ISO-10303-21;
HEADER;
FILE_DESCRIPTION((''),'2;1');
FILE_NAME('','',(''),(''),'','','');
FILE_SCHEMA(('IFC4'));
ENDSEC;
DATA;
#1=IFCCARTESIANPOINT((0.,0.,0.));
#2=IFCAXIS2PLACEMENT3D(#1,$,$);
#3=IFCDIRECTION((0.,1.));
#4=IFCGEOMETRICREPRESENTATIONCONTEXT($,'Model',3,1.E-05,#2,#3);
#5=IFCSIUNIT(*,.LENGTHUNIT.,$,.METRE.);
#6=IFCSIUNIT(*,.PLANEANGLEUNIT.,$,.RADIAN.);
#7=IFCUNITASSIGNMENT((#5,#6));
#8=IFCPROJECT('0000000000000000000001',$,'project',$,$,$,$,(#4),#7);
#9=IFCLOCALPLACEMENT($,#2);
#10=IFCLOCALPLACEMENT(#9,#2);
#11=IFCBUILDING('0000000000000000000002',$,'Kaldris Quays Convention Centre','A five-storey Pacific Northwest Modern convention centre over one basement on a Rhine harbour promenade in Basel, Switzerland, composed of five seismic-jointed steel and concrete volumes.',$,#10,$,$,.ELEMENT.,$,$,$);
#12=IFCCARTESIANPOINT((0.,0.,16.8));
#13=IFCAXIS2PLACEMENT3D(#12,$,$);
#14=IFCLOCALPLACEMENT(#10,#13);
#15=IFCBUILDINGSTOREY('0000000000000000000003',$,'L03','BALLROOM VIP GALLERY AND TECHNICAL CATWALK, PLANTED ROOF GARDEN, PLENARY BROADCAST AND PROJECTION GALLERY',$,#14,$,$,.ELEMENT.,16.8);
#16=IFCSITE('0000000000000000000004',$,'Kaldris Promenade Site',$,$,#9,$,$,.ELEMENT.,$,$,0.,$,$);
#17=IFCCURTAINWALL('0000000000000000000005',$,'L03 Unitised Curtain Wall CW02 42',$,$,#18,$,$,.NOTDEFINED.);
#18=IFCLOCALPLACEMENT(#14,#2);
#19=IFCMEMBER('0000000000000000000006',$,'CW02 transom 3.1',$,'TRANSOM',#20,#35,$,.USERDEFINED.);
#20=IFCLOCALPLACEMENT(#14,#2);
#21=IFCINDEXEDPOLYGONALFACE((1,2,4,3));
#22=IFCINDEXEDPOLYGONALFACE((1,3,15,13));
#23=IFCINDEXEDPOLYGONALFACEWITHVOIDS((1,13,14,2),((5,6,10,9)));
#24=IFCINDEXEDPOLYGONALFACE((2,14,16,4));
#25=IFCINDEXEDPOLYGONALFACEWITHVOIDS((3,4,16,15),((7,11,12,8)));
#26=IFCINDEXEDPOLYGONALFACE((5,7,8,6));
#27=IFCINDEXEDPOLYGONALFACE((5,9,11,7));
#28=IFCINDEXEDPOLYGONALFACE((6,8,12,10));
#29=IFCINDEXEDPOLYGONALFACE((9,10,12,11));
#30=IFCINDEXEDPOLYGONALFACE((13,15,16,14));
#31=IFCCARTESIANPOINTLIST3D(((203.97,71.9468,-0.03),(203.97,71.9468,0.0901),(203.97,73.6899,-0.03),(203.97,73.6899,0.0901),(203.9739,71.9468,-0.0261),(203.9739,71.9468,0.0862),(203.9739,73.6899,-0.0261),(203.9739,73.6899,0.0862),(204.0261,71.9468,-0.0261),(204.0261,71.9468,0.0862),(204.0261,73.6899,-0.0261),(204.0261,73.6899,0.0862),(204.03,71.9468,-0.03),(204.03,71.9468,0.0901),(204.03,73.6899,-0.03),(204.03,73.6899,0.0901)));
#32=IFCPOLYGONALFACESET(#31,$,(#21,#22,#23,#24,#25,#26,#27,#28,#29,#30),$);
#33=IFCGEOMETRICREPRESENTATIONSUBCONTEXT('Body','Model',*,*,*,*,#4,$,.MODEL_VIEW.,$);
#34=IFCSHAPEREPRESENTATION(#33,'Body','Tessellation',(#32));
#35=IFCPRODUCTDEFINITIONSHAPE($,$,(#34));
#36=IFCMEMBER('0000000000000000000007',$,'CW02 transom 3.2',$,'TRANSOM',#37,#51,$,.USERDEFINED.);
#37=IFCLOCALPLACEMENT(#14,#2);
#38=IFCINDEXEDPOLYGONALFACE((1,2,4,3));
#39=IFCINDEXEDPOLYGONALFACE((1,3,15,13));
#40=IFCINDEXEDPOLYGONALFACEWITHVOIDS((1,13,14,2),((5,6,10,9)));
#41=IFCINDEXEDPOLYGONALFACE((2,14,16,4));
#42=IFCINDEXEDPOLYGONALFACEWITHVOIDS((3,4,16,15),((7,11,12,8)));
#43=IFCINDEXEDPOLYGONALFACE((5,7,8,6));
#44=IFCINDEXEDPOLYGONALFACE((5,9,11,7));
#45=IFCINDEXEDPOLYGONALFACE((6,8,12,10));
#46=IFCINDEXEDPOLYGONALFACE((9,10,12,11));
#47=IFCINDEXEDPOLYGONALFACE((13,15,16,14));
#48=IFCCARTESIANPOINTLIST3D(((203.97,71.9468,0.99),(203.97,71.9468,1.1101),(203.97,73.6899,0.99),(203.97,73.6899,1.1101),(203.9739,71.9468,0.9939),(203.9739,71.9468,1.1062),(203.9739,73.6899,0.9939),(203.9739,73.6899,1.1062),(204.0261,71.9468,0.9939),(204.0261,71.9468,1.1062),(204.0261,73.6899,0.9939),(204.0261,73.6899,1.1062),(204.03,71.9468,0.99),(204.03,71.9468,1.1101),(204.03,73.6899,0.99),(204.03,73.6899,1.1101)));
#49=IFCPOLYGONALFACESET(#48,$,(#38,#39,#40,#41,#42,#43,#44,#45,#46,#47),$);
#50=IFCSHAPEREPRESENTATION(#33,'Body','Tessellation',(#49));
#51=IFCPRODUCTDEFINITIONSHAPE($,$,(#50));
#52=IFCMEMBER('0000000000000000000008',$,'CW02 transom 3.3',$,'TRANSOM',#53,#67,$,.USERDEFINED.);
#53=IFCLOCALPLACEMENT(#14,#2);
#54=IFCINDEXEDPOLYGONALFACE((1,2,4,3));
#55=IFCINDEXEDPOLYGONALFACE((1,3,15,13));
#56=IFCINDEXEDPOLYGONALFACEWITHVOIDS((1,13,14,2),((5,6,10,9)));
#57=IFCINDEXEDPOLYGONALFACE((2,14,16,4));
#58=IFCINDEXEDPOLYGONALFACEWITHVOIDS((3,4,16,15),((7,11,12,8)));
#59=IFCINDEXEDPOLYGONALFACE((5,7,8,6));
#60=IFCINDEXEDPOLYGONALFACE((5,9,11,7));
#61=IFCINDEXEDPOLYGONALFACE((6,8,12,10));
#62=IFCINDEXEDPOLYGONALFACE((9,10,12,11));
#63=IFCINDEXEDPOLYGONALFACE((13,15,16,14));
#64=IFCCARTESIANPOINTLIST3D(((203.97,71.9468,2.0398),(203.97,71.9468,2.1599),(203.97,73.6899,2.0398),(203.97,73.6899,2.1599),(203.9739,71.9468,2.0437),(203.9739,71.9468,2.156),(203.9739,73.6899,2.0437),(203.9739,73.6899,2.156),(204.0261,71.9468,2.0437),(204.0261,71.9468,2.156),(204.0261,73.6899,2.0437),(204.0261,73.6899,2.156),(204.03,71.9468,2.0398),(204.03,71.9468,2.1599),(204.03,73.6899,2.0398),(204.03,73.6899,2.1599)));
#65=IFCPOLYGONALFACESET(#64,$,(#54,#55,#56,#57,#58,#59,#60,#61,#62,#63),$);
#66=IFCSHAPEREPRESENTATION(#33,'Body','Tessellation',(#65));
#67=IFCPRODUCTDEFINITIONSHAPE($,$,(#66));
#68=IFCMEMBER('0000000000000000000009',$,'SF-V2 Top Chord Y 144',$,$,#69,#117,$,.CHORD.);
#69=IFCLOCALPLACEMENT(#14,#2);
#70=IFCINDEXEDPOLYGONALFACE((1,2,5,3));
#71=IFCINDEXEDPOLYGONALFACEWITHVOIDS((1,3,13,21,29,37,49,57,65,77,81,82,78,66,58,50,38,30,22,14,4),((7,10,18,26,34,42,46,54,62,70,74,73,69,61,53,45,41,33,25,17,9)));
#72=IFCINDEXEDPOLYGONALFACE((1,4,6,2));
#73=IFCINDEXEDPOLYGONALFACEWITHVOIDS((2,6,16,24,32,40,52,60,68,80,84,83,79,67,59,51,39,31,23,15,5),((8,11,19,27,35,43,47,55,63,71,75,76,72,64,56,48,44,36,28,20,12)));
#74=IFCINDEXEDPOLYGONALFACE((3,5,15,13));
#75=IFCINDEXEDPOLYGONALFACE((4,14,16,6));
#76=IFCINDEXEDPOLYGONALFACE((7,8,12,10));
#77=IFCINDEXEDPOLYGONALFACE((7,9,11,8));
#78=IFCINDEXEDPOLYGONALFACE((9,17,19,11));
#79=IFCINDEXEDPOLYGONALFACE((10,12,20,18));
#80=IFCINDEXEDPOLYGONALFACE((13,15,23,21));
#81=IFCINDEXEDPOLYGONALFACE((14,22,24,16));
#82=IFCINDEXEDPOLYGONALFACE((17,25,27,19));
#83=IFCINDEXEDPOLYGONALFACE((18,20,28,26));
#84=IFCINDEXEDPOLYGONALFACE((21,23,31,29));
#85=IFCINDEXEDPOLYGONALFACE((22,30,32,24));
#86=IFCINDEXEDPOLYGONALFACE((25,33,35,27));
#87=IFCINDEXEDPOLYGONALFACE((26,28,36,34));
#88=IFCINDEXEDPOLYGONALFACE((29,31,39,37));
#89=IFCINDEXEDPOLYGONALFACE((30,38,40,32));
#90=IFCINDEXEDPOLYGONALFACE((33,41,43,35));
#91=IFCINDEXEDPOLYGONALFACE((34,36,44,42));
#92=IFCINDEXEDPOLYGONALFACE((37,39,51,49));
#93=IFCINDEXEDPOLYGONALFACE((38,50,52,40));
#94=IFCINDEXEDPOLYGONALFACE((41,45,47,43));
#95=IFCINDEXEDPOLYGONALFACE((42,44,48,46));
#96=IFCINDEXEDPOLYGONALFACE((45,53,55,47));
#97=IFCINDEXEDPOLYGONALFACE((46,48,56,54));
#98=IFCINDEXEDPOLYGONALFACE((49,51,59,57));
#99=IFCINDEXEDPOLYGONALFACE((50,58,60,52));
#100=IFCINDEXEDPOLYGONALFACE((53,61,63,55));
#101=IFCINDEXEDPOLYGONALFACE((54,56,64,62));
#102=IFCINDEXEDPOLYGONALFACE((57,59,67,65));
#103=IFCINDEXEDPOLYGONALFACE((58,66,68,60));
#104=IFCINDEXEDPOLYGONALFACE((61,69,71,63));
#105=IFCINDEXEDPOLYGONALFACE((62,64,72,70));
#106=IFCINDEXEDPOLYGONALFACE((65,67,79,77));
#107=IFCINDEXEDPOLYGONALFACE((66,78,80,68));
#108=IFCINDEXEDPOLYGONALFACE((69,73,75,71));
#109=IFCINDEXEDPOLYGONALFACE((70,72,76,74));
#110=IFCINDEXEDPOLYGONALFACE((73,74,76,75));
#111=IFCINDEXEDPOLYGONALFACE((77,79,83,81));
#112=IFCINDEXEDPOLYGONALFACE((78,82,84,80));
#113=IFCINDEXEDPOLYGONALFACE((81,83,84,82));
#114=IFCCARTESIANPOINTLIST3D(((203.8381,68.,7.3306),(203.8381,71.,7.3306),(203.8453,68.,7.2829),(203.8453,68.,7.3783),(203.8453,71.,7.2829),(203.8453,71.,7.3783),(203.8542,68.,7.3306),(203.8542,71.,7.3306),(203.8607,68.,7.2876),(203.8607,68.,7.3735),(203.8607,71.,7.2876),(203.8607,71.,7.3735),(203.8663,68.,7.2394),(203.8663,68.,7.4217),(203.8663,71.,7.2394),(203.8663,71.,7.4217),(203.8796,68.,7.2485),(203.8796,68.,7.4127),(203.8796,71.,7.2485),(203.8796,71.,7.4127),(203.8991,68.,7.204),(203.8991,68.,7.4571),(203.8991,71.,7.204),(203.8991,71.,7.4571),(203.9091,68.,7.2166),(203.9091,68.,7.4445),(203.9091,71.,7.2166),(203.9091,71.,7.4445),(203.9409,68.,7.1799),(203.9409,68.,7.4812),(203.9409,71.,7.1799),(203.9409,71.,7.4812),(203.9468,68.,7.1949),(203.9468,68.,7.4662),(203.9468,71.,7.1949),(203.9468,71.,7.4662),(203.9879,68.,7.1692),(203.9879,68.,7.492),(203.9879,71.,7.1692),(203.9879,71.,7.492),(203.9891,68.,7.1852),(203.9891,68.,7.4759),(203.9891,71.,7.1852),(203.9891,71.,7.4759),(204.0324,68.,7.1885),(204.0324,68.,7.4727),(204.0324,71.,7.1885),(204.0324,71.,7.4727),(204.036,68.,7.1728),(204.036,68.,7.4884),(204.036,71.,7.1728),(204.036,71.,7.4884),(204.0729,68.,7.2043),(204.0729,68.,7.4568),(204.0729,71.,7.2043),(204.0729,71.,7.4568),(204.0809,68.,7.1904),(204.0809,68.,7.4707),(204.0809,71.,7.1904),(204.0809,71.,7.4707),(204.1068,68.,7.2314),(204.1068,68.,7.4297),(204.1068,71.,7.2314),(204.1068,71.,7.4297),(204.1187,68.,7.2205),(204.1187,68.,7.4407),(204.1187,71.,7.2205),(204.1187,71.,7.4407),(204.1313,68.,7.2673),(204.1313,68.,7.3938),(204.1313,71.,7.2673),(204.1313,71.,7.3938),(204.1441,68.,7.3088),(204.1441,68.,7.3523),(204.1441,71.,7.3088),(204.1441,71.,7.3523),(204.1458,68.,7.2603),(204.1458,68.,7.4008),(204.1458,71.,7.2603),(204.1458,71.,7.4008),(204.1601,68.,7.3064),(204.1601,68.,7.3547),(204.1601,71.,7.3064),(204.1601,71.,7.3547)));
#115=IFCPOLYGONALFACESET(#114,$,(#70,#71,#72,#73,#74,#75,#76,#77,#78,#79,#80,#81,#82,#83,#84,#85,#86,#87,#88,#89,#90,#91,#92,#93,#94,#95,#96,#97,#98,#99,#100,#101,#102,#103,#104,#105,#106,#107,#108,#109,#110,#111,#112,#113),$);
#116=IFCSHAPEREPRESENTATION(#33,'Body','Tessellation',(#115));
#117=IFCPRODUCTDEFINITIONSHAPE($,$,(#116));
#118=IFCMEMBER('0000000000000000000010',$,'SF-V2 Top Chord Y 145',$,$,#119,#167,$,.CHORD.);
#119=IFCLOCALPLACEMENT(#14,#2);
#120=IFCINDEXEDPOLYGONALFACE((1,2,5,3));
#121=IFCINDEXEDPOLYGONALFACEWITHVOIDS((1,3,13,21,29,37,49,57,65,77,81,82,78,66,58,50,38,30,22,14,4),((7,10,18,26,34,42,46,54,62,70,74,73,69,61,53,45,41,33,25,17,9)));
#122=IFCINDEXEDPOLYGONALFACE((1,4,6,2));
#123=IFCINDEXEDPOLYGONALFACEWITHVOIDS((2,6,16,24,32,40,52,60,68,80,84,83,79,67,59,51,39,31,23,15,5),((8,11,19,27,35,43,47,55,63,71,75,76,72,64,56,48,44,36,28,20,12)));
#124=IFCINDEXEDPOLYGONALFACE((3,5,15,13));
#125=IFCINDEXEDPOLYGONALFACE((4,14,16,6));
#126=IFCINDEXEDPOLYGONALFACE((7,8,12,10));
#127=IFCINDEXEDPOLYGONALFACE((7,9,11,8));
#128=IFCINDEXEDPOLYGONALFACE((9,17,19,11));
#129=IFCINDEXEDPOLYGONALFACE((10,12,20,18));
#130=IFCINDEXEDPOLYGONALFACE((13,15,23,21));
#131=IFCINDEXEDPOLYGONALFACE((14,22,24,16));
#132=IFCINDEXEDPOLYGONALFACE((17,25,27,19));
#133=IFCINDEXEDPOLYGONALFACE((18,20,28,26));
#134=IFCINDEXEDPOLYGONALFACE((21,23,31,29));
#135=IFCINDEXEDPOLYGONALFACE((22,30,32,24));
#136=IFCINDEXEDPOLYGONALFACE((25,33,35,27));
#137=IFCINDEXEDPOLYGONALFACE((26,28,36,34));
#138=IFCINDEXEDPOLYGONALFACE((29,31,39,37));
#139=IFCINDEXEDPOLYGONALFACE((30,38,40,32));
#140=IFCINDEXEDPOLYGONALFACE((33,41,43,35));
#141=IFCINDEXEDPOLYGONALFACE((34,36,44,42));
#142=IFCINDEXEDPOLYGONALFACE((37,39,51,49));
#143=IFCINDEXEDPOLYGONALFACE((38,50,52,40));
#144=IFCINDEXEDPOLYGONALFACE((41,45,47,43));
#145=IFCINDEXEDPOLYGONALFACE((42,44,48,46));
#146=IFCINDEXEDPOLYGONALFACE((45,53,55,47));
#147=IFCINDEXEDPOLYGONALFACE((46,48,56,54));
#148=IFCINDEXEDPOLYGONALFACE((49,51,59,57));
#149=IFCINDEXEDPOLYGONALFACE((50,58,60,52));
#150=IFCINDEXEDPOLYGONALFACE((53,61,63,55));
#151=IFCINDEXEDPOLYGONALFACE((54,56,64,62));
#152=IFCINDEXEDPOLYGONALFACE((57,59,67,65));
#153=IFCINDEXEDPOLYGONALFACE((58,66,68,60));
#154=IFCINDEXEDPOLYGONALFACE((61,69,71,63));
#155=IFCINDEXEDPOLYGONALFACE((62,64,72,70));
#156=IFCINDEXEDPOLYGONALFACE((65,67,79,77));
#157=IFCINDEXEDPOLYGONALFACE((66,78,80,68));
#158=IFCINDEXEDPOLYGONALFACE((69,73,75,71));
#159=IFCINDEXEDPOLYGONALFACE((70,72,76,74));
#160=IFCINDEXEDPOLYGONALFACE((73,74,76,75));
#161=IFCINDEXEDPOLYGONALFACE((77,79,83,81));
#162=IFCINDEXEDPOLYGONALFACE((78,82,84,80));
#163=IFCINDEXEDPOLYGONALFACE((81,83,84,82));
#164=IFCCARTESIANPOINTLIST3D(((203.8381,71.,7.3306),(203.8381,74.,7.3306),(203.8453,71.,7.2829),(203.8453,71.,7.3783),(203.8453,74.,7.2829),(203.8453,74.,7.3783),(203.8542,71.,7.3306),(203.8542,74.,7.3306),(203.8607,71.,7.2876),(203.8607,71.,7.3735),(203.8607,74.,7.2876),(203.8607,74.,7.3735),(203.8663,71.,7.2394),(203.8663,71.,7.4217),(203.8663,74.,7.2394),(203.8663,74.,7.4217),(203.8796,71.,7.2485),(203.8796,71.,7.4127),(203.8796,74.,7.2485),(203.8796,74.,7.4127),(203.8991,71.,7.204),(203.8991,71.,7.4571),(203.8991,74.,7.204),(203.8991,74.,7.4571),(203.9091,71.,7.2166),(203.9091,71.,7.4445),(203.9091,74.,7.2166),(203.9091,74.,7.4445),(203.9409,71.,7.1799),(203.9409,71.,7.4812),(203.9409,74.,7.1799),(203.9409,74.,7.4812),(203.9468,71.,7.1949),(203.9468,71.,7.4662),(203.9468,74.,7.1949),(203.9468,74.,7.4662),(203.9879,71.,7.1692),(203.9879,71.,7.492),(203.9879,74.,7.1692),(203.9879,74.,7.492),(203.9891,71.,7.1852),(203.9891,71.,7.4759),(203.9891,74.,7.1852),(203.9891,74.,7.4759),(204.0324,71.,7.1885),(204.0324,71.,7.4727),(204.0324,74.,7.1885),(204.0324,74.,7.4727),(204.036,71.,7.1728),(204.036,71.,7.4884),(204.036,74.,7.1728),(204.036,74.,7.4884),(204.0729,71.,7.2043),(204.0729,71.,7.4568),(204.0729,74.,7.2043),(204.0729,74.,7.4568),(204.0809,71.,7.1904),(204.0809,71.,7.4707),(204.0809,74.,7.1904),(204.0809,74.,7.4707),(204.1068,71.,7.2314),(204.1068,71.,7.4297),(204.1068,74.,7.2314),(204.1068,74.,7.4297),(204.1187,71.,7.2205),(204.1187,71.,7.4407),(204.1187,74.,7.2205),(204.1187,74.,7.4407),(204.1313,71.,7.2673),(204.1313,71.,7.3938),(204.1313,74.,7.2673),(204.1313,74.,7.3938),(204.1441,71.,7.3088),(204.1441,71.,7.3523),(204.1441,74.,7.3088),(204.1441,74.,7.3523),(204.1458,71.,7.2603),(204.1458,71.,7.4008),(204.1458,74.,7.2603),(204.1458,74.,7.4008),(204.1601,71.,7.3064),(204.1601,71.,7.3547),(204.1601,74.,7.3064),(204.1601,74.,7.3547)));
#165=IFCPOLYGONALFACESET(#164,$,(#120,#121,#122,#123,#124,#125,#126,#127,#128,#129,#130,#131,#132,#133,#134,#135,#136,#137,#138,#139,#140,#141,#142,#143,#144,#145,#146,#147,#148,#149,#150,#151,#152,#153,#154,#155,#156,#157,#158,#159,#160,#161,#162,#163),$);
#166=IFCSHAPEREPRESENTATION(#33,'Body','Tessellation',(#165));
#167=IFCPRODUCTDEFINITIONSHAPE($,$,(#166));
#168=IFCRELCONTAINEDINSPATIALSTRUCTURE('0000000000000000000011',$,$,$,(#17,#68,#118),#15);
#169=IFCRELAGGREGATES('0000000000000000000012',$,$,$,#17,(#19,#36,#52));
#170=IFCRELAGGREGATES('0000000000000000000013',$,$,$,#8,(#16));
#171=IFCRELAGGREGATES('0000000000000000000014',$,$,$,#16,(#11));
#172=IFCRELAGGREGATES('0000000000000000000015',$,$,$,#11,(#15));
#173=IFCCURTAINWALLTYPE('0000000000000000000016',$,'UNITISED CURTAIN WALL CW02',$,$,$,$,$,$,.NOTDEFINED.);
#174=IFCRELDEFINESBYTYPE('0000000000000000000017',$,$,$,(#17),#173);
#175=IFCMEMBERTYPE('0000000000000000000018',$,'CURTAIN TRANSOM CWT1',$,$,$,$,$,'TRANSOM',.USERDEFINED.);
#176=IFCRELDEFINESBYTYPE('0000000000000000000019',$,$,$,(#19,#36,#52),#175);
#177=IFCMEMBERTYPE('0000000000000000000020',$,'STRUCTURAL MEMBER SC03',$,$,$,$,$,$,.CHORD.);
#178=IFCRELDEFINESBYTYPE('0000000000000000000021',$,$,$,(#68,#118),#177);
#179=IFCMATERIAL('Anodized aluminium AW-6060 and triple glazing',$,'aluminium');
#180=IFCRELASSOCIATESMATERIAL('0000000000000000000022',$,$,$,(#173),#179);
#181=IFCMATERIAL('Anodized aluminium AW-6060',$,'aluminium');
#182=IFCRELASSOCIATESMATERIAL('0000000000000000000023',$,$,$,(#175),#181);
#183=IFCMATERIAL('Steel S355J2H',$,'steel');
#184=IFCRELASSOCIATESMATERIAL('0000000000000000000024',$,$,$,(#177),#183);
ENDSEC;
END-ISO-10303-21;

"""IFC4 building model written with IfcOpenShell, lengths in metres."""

from ifc_helpers import new_model, si_unit, direction, frame, origin, origin_2d, place, context, subcontext, project, spatial, hollow_rectangle, hollow_circle, extrude, material, material_profile, profile_set, type_object, element, aggregate, save


model = new_model("IFC4")

# Units and contexts
model_context = context("Model", 3, precision=1e-05, world=origin(), true_north=direction((0.0, 1.0)))
body_context = subcontext(model_context, "Body", "Model", "MODEL_VIEW")
ifc_project = project(units=[si_unit("LENGTHUNIT", "METRE"), si_unit("PLANEANGLEUNIT", "RADIAN")], contexts=[model_context])

# Site, building, storey
site_placement = place(None, origin())
site = spatial("IfcSite", under=ifc_project, at=site_placement, Name="Kaldris Promenade Site", CompositionType="ELEMENT", RefElevation=0.0)
building_placement = place(site_placement, origin())
building = spatial("IfcBuilding", under=site, at=building_placement, Name="Kaldris Quays Convention Centre", Description="A five-storey Pacific Northwest Modern convention centre over one basement on a Rhine harbour promenade in Basel, Switzerland, composed of five seismic-jointed steel and concrete volumes.", CompositionType="ELEMENT")
storey_placement = place(building_placement, frame((0.0, 0.0, 16.8)))
storey = spatial("IfcBuildingStorey", under=building, at=storey_placement, Name="L03", Description="BALLROOM VIP GALLERY AND TECHNICAL CATWALK, PLANTED ROOF GARDEN, PLENARY BROADCAST AND PROJECTION GALLERY", CompositionType="ELEMENT", Elevation=16.8)

# Curtain wall, members
ifc_material_1 = material(Name="Anodized aluminium AW-6060 and triple glazing", Category="aluminium")
curtain_wall_type = type_object("IfcCurtainWallType", Name="UNITISED CURTAIN WALL CW02", PredefinedType="NOTDEFINED", material=ifc_material_1)
curtain_wall_placement = place(storey_placement, origin())
curtain_wall = element("IfcCurtainWall", 1, at=curtain_wall_placement, inside=storey, type_object=curtain_wall_type, Name="L03 Unitised Curtain Wall CW02 42", PredefinedType="NOTDEFINED")
ifc_material_2 = material(Name="Anodized aluminium AW-6060", Category="aluminium")
ifc_material_profile_1 = material_profile(ifc_material_2, hollow_rectangle(XDim=0.0601, YDim=0.1201, WallThickness=0.0039, at=origin_2d()), Name="RHS 120x60x4")
ifc_profile_set_1 = profile_set([ifc_material_profile_1], Name="Anodized aluminium AW-6060")
member_type_1 = type_object("IfcMemberType", Name="CURTAIN TRANSOM CWT1", ElementType="TRANSOM", PredefinedType="USERDEFINED", material=ifc_profile_set_1)
member_1_placement = place(storey_placement, frame((204.0, 71.9468, 0.03), z_axis=(0.0, 1.0, 0.0), x_axis=(-1.0, 0.0, 0.0)))
member_1 = element("IfcMember", 2, at=member_1_placement, type_object=member_type_1, Name="CW02 transom 3.1", ObjectType="TRANSOM", PredefinedType="USERDEFINED", context=body_context, shape_type="SweptSolid", body=[
    extrude(hollow_rectangle(XDim=0.0601, YDim=0.1201, WallThickness=0.0039, at=origin_2d()), origin(), (0.0, 0.0, 1.0), 1.7432),
])
member_2_placement = place(storey_placement, frame((204.0, 71.9468, 1.05), z_axis=(0.0, 1.0, 0.0), x_axis=(-1.0, 0.0, 0.0)))
member_2 = element("IfcMember", 3, at=member_2_placement, type_object=member_type_1, Name="CW02 transom 3.2", ObjectType="TRANSOM", PredefinedType="USERDEFINED", context=body_context, shape_type="SweptSolid", body=[
    extrude(hollow_rectangle(XDim=0.0601, YDim=0.1201, WallThickness=0.0039, at=origin_2d()), origin(), (0.0, 0.0, 1.0), 1.7432),
])
member_3_placement = place(storey_placement, frame((204.0, 71.9468, 2.0999), z_axis=(0.0, 1.0, 0.0), x_axis=(-1.0, 0.0, 0.0)))
member_3 = element("IfcMember", 4, at=member_3_placement, type_object=member_type_1, Name="CW02 transom 3.3", ObjectType="TRANSOM", PredefinedType="USERDEFINED", context=body_context, shape_type="SweptSolid", body=[
    extrude(hollow_rectangle(XDim=0.0601, YDim=0.1201, WallThickness=0.0039, at=origin_2d()), origin(), (0.0, 0.0, 1.0), 1.7432),
])

# Members
ifc_material_3 = material(Name="Steel S355J2H", Category="steel")
ifc_material_profile_2 = material_profile(ifc_material_3, hollow_circle(Radius=0.1619, WallThickness=0.0161, at=origin_2d()), Name="CHS 323.9x16")
ifc_profile_set_2 = profile_set([ifc_material_profile_2], Name="Steel S355J2H")
member_type_2 = type_object("IfcMemberType", Name="STRUCTURAL MEMBER SC03", PredefinedType="CHORD", material=ifc_profile_set_2)
for number, where, z_axis, x_axis, name in (
    (5, (204.0, 68.0, 7.3306), (0.0, 1.0, 0.0), (-1.0, 0.0, 0.0), "SF-V2 Top Chord Y 144"),
    (6, (204.0, 71.0, 7.3306), (0.0, 1.0, 0.0), (-1.0, 0.0, 0.0), "SF-V2 Top Chord Y 145"),
):
    element("IfcMember", number, at=place(storey_placement, frame(where, z_axis=z_axis, x_axis=x_axis)), inside=storey, type_object=member_type_2, Name=name, PredefinedType="CHORD", context=body_context, shape_type="SweptSolid", body=[
        extrude(hollow_circle(Radius=0.1619, WallThickness=0.0161, at=origin_2d()), origin(), (0.0, 0.0, 1.0), 3.0),
    ])

aggregate(curtain_wall, [member_1, member_2, member_3])

save(model, "model.ifc")
